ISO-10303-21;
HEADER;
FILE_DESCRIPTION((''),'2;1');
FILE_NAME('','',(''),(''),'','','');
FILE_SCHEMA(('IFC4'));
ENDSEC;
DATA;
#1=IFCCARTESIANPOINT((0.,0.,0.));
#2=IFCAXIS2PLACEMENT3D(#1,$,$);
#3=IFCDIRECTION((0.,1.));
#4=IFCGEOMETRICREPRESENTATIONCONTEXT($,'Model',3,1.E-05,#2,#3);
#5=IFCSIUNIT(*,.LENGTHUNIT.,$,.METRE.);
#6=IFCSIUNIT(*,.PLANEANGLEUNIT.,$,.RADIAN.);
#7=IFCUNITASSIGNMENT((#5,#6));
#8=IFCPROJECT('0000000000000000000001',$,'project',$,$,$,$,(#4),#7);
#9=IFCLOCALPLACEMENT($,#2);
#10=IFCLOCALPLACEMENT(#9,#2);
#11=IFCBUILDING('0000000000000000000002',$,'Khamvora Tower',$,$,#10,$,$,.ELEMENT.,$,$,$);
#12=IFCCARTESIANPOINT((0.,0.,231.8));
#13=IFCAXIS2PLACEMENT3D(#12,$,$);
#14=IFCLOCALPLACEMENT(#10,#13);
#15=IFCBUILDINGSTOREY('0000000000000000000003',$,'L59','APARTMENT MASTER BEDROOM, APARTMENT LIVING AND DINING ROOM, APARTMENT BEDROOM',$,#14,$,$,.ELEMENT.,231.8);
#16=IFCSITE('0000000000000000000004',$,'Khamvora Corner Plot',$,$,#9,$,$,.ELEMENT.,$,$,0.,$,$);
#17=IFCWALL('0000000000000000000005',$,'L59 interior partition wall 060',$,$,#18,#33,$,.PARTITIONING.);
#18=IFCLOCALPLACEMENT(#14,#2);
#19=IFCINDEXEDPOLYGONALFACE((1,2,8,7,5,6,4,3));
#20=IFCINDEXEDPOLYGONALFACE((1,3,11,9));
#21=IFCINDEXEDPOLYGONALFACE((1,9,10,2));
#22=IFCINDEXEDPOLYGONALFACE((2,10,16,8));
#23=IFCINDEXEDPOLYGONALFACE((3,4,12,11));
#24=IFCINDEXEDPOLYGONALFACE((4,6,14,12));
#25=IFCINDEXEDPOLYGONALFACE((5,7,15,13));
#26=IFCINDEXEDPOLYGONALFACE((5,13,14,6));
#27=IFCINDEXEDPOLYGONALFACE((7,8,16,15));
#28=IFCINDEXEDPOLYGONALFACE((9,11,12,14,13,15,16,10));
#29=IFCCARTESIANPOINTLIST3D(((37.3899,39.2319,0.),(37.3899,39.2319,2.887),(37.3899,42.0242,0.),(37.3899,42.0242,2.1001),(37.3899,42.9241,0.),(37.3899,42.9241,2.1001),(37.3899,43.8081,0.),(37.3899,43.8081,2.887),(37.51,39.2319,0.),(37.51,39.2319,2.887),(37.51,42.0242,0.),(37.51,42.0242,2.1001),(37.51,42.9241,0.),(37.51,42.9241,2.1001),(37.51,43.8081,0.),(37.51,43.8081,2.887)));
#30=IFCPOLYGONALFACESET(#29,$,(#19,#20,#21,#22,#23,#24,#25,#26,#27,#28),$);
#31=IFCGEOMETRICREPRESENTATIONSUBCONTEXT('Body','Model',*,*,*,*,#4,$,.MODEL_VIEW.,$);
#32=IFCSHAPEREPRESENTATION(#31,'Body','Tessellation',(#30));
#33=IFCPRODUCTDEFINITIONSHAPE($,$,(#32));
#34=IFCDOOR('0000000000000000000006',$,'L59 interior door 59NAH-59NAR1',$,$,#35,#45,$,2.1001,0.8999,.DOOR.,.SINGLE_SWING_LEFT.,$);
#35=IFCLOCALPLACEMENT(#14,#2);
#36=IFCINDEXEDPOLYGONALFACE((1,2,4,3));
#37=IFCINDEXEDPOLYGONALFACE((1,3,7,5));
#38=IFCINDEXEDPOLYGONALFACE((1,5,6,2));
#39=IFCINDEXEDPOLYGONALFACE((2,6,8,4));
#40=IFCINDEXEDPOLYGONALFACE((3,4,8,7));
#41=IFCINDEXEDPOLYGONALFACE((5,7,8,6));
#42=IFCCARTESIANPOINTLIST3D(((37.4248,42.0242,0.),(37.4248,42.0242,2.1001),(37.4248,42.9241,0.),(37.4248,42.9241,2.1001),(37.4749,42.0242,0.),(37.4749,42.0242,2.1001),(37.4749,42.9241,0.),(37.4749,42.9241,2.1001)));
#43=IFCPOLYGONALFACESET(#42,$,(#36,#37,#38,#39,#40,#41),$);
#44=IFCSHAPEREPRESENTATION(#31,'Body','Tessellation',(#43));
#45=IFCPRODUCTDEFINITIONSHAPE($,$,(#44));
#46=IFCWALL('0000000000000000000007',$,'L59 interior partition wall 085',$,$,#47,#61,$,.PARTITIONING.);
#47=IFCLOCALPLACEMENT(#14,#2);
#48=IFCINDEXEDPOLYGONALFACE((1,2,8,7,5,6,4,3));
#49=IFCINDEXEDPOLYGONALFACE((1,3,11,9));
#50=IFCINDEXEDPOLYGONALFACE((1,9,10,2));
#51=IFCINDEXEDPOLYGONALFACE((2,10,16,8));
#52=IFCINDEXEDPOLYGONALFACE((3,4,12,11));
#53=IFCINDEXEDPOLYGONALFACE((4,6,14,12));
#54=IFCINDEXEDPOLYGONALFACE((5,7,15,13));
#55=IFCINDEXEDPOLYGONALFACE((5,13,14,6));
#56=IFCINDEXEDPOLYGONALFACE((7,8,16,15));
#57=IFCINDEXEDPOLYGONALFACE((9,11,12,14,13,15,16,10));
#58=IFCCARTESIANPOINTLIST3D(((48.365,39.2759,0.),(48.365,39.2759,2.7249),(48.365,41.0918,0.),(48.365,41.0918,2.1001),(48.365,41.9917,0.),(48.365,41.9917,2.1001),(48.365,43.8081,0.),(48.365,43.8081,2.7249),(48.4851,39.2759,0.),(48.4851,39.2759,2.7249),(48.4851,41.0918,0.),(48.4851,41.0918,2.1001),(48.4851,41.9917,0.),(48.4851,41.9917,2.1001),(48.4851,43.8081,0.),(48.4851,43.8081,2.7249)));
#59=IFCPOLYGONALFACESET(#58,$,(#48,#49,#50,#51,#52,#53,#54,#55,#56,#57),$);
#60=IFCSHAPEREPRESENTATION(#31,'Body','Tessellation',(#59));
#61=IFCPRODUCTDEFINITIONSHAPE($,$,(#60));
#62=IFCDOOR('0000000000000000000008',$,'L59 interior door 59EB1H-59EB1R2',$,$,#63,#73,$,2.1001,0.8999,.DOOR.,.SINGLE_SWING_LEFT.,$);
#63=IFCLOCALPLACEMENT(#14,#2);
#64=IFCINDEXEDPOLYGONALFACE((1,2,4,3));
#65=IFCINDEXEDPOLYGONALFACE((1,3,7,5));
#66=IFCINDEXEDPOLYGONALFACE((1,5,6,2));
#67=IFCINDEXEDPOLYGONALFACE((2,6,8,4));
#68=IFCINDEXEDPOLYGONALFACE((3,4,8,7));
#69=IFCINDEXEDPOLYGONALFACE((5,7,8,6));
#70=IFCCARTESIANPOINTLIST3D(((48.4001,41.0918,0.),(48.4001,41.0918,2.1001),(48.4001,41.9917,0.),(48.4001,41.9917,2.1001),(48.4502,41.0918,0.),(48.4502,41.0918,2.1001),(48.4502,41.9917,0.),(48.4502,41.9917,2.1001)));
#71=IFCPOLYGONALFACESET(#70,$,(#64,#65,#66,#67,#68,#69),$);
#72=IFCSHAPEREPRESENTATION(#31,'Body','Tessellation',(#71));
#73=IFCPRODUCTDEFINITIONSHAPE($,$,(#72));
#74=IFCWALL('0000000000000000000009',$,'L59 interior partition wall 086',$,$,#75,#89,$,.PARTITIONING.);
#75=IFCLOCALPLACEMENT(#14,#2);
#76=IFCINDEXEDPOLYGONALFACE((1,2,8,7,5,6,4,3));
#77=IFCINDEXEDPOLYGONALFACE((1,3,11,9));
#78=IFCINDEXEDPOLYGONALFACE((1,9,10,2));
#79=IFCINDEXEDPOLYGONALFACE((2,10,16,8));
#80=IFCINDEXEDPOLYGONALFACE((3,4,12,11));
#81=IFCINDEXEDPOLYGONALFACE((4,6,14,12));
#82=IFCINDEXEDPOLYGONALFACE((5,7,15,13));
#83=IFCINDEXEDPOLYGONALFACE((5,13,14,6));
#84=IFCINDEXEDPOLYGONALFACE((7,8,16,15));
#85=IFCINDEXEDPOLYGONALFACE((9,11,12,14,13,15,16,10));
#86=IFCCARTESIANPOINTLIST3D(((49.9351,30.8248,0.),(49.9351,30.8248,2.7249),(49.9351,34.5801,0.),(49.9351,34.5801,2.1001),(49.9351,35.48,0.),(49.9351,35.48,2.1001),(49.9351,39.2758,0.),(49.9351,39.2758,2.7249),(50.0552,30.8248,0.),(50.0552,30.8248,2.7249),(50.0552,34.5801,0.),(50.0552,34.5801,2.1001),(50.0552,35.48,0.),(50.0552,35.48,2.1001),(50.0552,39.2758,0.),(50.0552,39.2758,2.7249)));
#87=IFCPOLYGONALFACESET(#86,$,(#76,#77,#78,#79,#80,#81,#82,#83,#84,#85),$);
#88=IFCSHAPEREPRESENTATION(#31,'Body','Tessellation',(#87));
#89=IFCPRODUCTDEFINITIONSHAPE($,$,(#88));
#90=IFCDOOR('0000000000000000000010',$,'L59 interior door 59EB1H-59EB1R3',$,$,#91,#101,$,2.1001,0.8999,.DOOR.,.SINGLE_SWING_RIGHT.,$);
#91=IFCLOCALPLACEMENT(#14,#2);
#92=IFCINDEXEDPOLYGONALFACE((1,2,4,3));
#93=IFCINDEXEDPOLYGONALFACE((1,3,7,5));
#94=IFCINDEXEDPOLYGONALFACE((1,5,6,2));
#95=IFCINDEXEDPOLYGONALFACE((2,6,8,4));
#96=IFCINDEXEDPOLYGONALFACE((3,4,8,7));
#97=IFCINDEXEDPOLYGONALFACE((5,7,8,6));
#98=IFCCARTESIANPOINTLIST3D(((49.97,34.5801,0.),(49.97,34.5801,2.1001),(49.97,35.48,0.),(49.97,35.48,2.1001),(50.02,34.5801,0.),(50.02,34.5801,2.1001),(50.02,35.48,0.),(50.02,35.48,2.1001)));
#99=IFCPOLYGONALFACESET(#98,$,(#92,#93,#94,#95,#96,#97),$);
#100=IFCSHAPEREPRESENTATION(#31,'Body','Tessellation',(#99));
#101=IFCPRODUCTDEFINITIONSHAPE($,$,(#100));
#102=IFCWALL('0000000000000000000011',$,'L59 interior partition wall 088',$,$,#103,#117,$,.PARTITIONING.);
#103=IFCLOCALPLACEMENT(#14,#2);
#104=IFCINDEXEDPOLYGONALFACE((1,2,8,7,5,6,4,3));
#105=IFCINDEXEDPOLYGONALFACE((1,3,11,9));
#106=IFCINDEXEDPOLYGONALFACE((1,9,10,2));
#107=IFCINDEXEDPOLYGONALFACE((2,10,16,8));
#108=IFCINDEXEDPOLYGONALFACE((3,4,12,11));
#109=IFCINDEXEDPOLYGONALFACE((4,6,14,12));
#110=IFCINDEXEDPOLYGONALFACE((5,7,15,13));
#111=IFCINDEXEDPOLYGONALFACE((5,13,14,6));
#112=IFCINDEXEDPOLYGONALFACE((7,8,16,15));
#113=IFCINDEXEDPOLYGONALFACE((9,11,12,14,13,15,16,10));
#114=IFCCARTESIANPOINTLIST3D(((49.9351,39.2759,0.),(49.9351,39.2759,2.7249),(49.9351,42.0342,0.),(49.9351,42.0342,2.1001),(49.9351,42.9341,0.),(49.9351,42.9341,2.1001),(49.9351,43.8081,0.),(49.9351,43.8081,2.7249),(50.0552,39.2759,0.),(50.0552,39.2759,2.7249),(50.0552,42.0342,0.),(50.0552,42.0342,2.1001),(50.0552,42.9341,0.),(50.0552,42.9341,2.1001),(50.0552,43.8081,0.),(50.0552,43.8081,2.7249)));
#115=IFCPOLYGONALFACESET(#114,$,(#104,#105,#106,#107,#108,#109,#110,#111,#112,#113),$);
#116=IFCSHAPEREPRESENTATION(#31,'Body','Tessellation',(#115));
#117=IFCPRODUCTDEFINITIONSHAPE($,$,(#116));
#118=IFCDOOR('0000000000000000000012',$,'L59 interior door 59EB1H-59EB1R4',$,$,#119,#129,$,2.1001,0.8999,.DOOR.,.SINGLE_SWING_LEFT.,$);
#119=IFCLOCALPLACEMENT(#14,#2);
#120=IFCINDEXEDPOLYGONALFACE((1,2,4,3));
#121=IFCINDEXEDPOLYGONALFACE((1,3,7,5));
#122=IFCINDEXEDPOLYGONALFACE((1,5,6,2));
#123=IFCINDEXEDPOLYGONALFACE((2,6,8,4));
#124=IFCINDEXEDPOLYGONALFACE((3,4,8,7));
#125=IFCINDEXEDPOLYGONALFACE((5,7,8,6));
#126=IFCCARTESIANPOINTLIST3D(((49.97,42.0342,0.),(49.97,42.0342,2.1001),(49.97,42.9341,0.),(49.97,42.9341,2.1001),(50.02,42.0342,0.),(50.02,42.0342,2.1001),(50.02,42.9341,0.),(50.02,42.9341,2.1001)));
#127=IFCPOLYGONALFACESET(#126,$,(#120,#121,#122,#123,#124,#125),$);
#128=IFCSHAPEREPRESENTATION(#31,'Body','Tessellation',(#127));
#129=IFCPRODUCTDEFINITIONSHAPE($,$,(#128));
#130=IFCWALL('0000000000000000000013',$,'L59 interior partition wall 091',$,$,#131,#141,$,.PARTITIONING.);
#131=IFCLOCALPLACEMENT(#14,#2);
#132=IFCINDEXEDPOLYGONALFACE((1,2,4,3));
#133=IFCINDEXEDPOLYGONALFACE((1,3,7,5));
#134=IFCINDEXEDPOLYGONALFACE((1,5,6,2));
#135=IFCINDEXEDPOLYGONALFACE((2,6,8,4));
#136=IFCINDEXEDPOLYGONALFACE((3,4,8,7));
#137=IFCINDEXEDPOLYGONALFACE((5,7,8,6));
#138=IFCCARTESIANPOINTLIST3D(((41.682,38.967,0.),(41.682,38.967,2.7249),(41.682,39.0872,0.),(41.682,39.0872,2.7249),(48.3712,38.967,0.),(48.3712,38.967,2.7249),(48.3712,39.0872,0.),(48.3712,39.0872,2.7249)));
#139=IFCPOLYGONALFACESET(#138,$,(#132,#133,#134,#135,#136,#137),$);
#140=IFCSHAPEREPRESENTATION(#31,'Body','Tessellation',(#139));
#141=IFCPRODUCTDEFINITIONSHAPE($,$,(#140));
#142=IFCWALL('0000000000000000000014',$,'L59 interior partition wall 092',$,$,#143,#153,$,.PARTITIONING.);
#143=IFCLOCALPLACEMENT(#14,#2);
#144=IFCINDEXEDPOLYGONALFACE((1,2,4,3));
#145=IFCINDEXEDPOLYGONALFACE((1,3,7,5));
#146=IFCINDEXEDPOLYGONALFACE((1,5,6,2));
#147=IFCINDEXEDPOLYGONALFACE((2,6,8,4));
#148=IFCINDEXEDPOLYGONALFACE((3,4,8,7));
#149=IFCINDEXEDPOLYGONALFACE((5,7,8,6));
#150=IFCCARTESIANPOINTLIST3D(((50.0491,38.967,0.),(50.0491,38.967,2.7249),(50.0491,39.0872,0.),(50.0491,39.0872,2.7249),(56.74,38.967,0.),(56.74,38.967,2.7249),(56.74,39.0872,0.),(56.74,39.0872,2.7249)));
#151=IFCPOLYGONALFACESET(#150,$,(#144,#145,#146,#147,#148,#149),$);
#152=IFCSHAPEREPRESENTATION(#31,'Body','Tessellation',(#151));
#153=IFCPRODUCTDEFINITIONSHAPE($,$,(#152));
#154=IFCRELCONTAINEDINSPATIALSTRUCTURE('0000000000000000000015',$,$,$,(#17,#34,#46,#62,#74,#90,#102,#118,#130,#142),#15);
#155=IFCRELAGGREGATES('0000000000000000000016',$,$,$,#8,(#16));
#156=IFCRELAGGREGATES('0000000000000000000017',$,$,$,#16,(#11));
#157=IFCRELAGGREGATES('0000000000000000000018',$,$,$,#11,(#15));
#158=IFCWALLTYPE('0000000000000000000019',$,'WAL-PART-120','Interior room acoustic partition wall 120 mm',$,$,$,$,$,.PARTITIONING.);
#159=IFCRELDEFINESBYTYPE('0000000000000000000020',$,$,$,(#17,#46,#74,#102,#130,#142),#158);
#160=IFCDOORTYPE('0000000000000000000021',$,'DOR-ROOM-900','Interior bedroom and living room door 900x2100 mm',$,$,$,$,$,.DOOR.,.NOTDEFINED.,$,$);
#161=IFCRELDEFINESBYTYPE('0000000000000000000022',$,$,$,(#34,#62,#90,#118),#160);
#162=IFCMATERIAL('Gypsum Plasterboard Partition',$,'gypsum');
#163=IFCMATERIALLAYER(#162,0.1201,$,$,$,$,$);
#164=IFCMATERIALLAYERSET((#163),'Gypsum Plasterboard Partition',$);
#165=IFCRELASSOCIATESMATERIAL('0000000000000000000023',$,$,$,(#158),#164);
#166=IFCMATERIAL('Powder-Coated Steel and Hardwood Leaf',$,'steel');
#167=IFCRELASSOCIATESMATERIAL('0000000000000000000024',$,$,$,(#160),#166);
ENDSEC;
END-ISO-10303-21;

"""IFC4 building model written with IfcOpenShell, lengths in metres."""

from ifc_helpers import new_model, si_unit, direction, frame, frame_2d, origin, place, context, subcontext, project, spatial, rectangle, extrude, material, layer, layer_set, type_object, element, fill, save


model = new_model("IFC4")

# Units and contexts
model_context = context("Model", 3, precision=1e-05, world=origin(), true_north=direction((0.0, 1.0)))
body_context = subcontext(model_context, "Body", "Model", "MODEL_VIEW")
ifc_project = project(units=[si_unit("LENGTHUNIT", "METRE"), si_unit("PLANEANGLEUNIT", "RADIAN")], contexts=[model_context])

# Site, building, storey
site_placement = place(None, origin())
site = spatial("IfcSite", under=ifc_project, at=site_placement, Name="Khamvora Corner Plot", CompositionType="ELEMENT", RefElevation=0.0)
building_placement = place(site_placement, origin())
building = spatial("IfcBuilding", under=site, at=building_placement, Name="Khamvora Tower", CompositionType="ELEMENT")
storey_placement = place(building_placement, frame((0.0, 0.0, 231.8)))
storey = spatial("IfcBuildingStorey", under=building, at=storey_placement, Name="L59", Description="APARTMENT MASTER BEDROOM, APARTMENT LIVING AND DINING ROOM, APARTMENT BEDROOM", CompositionType="ELEMENT", Elevation=231.8)

# Walls, openings, doors
ifc_material_1 = material(Name="Gypsum Plasterboard Partition", Category="gypsum")
ifc_layer_1 = layer(ifc_material_1, 0.1201)
ifc_layer_set_1 = layer_set([ifc_layer_1], Name="Gypsum Plasterboard Partition")
wall_type_1 = type_object("IfcWallType", Name="WAL-PART-120", Description="Interior room acoustic partition wall 120 mm", PredefinedType="PARTITIONING", material=ifc_layer_set_1)
wall_1_placement = place(storey_placement, frame((37.45, 43.8081, 0.0), z_axis=(0.0, 0.0, 1.0), x_axis=(0.0, -1.0, 0.0)))
wall_1 = element("IfcWall", 1, at=wall_1_placement, inside=storey, type_object=wall_type_1, Name="L59 interior partition wall 060", PredefinedType="PARTITIONING", context=body_context, shape_type="SweptSolid", body=[
    extrude(rectangle(XDim=4.5762, YDim=0.1201, at=frame_2d((2.2881, 0.0))), origin(), (0.0, 0.0, 1.0), 2.887),
])
opening_1_placement = place(wall_1_placement, frame((0.884, 0.0, 0.0)))
opening_1 = element("IfcOpeningElement", 2, at=opening_1_placement, cuts=wall_1, PredefinedType="OPENING", context=body_context, shape_type="SweptSolid", body=[
    extrude(rectangle(XDim=0.8999, YDim=2.1001, at=frame_2d((0.45, 1.05))), frame((0.0, 0.0701, 0.0), z_axis=(0.0, -1.0, 0.0), x_axis=(1.0, 0.0, 0.0)), (0.0, 0.0, 1.0), 0.1401),
])
ifc_material_2 = material(Name="Powder-Coated Steel and Hardwood Leaf", Category="steel")
door_type = type_object("IfcDoorType", Name="DOR-ROOM-900", Description="Interior bedroom and living room door 900x2100 mm", OperationType="NOTDEFINED", PredefinedType="DOOR", material=ifc_material_2)
door_1_placement = place(opening_1_placement, origin())
door_1 = element("IfcDoor", 3, at=door_1_placement, inside=storey, type_object=door_type, Name="L59 interior door 59NAH-59NAR1", OperationType="SINGLE_SWING_LEFT", OverallHeight=2.1001, OverallWidth=0.8999, PredefinedType="DOOR", context=body_context, shape_type="SweptSolid", body=[
    extrude(rectangle(XDim=0.8999, YDim=2.1001, at=frame_2d((0.45, 1.05))), frame((0.0, 0.0249, 0.0), z_axis=(0.0, -1.0, 0.0), x_axis=(1.0, 0.0, 0.0)), (0.0, 0.0, 1.0), 0.05),
])
fill(opening_1, door_1)
wall_2_placement = place(storey_placement, frame((48.425, 39.2759, 0.0), z_axis=(0.0, 0.0, 1.0), x_axis=(0.0, 1.0, 0.0)))
wall_2 = element("IfcWall", 4, at=wall_2_placement, inside=storey, type_object=wall_type_1, Name="L59 interior partition wall 085", PredefinedType="PARTITIONING", context=body_context, shape_type="SweptSolid", body=[
    extrude(rectangle(XDim=4.5322, YDim=0.1201, at=frame_2d((2.2661, 0.0))), origin(), (0.0, 0.0, 1.0), 2.7249),
])
opening_2_placement = place(wall_2_placement, frame((1.8159, 0.0, 0.0)))
opening_2 = element("IfcOpeningElement", 5, at=opening_2_placement, cuts=wall_2, PredefinedType="OPENING", context=body_context, shape_type="SweptSolid", body=[
    extrude(rectangle(XDim=0.8999, YDim=2.1001, at=frame_2d((0.45, 1.05))), frame((0.0, 0.0701, 0.0), z_axis=(0.0, -1.0, 0.0), x_axis=(1.0, 0.0, 0.0)), (0.0, 0.0, 1.0), 0.1401),
])
door_2_placement = place(opening_2_placement, origin())
door_2 = element("IfcDoor", 6, at=door_2_placement, inside=storey, type_object=door_type, Name="L59 interior door 59EB1H-59EB1R2", OperationType="SINGLE_SWING_LEFT", OverallHeight=2.1001, OverallWidth=0.8999, PredefinedType="DOOR", context=body_context, shape_type="SweptSolid", body=[
    extrude(rectangle(XDim=0.8999, YDim=2.1001, at=frame_2d((0.45, 1.05))), frame((0.0, 0.0249, 0.0), z_axis=(0.0, -1.0, 0.0), x_axis=(1.0, 0.0, 0.0)), (0.0, 0.0, 1.0), 0.05),
])
fill(opening_2, door_2)
wall_3_placement = place(storey_placement, frame((49.9951, 39.2759, 0.0), z_axis=(0.0, 0.0, 1.0), x_axis=(0.0, -1.0, 0.0)))
wall_3 = element("IfcWall", 7, at=wall_3_placement, inside=storey, type_object=wall_type_1, Name="L59 interior partition wall 086", PredefinedType="PARTITIONING", context=body_context, shape_type="SweptSolid", body=[
    extrude(rectangle(XDim=8.4509, YDim=0.1201, at=frame_2d((4.2256, 0.0))), origin(), (0.0, 0.0, 1.0), 2.7249),
])
opening_3_placement = place(wall_3_placement, frame((3.7959, 0.0, 0.0)))
opening_3 = element("IfcOpeningElement", 8, at=opening_3_placement, cuts=wall_3, PredefinedType="OPENING", context=body_context, shape_type="SweptSolid", body=[
    extrude(rectangle(XDim=0.8999, YDim=2.1001, at=frame_2d((0.45, 1.05))), frame((0.0, 0.0701, 0.0), z_axis=(0.0, -1.0, 0.0), x_axis=(1.0, 0.0, 0.0)), (0.0, 0.0, 1.0), 0.1401),
])
door_3_placement = place(opening_3_placement, origin())
door_3 = element("IfcDoor", 9, at=door_3_placement, inside=storey, type_object=door_type, Name="L59 interior door 59EB1H-59EB1R3", OperationType="SINGLE_SWING_RIGHT", OverallHeight=2.1001, OverallWidth=0.8999, PredefinedType="DOOR", context=body_context, shape_type="SweptSolid", body=[
    extrude(rectangle(XDim=0.8999, YDim=2.1001, at=frame_2d((0.45, 1.05))), frame((0.0, 0.0249, 0.0), z_axis=(0.0, -1.0, 0.0), x_axis=(1.0, 0.0, 0.0)), (0.0, 0.0, 1.0), 0.05),
])
fill(opening_3, door_3)
wall_4_placement = place(storey_placement, frame((49.9951, 43.8081, 0.0), z_axis=(0.0, 0.0, 1.0), x_axis=(0.0, -1.0, 0.0)))
wall_4 = element("IfcWall", 10, at=wall_4_placement, inside=storey, type_object=wall_type_1, Name="L59 interior partition wall 088", PredefinedType="PARTITIONING", context=body_context, shape_type="SweptSolid", body=[
    extrude(rectangle(XDim=4.5322, YDim=0.1201, at=frame_2d((2.2661, 0.0))), origin(), (0.0, 0.0, 1.0), 2.7249),
])
opening_4_placement = place(wall_4_placement, frame((0.874, 0.0, 0.0)))
opening_4 = element("IfcOpeningElement", 11, at=opening_4_placement, cuts=wall_4, PredefinedType="OPENING", context=body_context, shape_type="SweptSolid", body=[
    extrude(rectangle(XDim=0.8999, YDim=2.1001, at=frame_2d((0.45, 1.05))), frame((0.0, 0.0701, 0.0), z_axis=(0.0, -1.0, 0.0), x_axis=(1.0, 0.0, 0.0)), (0.0, 0.0, 1.0), 0.1401),
])
door_4_placement = place(opening_4_placement, origin())
door_4 = element("IfcDoor", 12, at=door_4_placement, inside=storey, type_object=door_type, Name="L59 interior door 59EB1H-59EB1R4", OperationType="SINGLE_SWING_LEFT", OverallHeight=2.1001, OverallWidth=0.8999, PredefinedType="DOOR", context=body_context, shape_type="SweptSolid", body=[
    extrude(rectangle(XDim=0.8999, YDim=2.1001, at=frame_2d((0.45, 1.05))), frame((0.0, 0.0249, 0.0), z_axis=(0.0, -1.0, 0.0), x_axis=(1.0, 0.0, 0.0)), (0.0, 0.0, 1.0), 0.05),
])
fill(opening_4, door_4)

# Walls
wall_5_placement = place(storey_placement, frame((41.6819, 39.0271, 0.0), z_axis=(0.0, 0.0, 1.0), x_axis=(1.0, 0.0, 0.0)))
element("IfcWall", 13, at=wall_5_placement, inside=storey, type_object=wall_type_1, Name="L59 interior partition wall 091", PredefinedType="PARTITIONING", context=body_context, shape_type="SweptSolid", body=[
    extrude(rectangle(XDim=6.6892, YDim=0.1201, at=frame_2d((3.3447, 0.0))), origin(), (0.0, 0.0, 1.0), 2.7249),
])
wall_6_placement = place(storey_placement, frame((50.0491, 39.0271, 0.0), z_axis=(0.0, 0.0, 1.0), x_axis=(1.0, 0.0, 0.0)))
element("IfcWall", 14, at=wall_6_placement, inside=storey, type_object=wall_type_1, Name="L59 interior partition wall 092", PredefinedType="PARTITIONING", context=body_context, shape_type="SweptSolid", body=[
    extrude(rectangle(XDim=6.6909, YDim=0.1201, at=frame_2d((3.3455, 0.0))), origin(), (0.0, 0.0, 1.0), 2.7249),
])

save(model, "model.ifc")
